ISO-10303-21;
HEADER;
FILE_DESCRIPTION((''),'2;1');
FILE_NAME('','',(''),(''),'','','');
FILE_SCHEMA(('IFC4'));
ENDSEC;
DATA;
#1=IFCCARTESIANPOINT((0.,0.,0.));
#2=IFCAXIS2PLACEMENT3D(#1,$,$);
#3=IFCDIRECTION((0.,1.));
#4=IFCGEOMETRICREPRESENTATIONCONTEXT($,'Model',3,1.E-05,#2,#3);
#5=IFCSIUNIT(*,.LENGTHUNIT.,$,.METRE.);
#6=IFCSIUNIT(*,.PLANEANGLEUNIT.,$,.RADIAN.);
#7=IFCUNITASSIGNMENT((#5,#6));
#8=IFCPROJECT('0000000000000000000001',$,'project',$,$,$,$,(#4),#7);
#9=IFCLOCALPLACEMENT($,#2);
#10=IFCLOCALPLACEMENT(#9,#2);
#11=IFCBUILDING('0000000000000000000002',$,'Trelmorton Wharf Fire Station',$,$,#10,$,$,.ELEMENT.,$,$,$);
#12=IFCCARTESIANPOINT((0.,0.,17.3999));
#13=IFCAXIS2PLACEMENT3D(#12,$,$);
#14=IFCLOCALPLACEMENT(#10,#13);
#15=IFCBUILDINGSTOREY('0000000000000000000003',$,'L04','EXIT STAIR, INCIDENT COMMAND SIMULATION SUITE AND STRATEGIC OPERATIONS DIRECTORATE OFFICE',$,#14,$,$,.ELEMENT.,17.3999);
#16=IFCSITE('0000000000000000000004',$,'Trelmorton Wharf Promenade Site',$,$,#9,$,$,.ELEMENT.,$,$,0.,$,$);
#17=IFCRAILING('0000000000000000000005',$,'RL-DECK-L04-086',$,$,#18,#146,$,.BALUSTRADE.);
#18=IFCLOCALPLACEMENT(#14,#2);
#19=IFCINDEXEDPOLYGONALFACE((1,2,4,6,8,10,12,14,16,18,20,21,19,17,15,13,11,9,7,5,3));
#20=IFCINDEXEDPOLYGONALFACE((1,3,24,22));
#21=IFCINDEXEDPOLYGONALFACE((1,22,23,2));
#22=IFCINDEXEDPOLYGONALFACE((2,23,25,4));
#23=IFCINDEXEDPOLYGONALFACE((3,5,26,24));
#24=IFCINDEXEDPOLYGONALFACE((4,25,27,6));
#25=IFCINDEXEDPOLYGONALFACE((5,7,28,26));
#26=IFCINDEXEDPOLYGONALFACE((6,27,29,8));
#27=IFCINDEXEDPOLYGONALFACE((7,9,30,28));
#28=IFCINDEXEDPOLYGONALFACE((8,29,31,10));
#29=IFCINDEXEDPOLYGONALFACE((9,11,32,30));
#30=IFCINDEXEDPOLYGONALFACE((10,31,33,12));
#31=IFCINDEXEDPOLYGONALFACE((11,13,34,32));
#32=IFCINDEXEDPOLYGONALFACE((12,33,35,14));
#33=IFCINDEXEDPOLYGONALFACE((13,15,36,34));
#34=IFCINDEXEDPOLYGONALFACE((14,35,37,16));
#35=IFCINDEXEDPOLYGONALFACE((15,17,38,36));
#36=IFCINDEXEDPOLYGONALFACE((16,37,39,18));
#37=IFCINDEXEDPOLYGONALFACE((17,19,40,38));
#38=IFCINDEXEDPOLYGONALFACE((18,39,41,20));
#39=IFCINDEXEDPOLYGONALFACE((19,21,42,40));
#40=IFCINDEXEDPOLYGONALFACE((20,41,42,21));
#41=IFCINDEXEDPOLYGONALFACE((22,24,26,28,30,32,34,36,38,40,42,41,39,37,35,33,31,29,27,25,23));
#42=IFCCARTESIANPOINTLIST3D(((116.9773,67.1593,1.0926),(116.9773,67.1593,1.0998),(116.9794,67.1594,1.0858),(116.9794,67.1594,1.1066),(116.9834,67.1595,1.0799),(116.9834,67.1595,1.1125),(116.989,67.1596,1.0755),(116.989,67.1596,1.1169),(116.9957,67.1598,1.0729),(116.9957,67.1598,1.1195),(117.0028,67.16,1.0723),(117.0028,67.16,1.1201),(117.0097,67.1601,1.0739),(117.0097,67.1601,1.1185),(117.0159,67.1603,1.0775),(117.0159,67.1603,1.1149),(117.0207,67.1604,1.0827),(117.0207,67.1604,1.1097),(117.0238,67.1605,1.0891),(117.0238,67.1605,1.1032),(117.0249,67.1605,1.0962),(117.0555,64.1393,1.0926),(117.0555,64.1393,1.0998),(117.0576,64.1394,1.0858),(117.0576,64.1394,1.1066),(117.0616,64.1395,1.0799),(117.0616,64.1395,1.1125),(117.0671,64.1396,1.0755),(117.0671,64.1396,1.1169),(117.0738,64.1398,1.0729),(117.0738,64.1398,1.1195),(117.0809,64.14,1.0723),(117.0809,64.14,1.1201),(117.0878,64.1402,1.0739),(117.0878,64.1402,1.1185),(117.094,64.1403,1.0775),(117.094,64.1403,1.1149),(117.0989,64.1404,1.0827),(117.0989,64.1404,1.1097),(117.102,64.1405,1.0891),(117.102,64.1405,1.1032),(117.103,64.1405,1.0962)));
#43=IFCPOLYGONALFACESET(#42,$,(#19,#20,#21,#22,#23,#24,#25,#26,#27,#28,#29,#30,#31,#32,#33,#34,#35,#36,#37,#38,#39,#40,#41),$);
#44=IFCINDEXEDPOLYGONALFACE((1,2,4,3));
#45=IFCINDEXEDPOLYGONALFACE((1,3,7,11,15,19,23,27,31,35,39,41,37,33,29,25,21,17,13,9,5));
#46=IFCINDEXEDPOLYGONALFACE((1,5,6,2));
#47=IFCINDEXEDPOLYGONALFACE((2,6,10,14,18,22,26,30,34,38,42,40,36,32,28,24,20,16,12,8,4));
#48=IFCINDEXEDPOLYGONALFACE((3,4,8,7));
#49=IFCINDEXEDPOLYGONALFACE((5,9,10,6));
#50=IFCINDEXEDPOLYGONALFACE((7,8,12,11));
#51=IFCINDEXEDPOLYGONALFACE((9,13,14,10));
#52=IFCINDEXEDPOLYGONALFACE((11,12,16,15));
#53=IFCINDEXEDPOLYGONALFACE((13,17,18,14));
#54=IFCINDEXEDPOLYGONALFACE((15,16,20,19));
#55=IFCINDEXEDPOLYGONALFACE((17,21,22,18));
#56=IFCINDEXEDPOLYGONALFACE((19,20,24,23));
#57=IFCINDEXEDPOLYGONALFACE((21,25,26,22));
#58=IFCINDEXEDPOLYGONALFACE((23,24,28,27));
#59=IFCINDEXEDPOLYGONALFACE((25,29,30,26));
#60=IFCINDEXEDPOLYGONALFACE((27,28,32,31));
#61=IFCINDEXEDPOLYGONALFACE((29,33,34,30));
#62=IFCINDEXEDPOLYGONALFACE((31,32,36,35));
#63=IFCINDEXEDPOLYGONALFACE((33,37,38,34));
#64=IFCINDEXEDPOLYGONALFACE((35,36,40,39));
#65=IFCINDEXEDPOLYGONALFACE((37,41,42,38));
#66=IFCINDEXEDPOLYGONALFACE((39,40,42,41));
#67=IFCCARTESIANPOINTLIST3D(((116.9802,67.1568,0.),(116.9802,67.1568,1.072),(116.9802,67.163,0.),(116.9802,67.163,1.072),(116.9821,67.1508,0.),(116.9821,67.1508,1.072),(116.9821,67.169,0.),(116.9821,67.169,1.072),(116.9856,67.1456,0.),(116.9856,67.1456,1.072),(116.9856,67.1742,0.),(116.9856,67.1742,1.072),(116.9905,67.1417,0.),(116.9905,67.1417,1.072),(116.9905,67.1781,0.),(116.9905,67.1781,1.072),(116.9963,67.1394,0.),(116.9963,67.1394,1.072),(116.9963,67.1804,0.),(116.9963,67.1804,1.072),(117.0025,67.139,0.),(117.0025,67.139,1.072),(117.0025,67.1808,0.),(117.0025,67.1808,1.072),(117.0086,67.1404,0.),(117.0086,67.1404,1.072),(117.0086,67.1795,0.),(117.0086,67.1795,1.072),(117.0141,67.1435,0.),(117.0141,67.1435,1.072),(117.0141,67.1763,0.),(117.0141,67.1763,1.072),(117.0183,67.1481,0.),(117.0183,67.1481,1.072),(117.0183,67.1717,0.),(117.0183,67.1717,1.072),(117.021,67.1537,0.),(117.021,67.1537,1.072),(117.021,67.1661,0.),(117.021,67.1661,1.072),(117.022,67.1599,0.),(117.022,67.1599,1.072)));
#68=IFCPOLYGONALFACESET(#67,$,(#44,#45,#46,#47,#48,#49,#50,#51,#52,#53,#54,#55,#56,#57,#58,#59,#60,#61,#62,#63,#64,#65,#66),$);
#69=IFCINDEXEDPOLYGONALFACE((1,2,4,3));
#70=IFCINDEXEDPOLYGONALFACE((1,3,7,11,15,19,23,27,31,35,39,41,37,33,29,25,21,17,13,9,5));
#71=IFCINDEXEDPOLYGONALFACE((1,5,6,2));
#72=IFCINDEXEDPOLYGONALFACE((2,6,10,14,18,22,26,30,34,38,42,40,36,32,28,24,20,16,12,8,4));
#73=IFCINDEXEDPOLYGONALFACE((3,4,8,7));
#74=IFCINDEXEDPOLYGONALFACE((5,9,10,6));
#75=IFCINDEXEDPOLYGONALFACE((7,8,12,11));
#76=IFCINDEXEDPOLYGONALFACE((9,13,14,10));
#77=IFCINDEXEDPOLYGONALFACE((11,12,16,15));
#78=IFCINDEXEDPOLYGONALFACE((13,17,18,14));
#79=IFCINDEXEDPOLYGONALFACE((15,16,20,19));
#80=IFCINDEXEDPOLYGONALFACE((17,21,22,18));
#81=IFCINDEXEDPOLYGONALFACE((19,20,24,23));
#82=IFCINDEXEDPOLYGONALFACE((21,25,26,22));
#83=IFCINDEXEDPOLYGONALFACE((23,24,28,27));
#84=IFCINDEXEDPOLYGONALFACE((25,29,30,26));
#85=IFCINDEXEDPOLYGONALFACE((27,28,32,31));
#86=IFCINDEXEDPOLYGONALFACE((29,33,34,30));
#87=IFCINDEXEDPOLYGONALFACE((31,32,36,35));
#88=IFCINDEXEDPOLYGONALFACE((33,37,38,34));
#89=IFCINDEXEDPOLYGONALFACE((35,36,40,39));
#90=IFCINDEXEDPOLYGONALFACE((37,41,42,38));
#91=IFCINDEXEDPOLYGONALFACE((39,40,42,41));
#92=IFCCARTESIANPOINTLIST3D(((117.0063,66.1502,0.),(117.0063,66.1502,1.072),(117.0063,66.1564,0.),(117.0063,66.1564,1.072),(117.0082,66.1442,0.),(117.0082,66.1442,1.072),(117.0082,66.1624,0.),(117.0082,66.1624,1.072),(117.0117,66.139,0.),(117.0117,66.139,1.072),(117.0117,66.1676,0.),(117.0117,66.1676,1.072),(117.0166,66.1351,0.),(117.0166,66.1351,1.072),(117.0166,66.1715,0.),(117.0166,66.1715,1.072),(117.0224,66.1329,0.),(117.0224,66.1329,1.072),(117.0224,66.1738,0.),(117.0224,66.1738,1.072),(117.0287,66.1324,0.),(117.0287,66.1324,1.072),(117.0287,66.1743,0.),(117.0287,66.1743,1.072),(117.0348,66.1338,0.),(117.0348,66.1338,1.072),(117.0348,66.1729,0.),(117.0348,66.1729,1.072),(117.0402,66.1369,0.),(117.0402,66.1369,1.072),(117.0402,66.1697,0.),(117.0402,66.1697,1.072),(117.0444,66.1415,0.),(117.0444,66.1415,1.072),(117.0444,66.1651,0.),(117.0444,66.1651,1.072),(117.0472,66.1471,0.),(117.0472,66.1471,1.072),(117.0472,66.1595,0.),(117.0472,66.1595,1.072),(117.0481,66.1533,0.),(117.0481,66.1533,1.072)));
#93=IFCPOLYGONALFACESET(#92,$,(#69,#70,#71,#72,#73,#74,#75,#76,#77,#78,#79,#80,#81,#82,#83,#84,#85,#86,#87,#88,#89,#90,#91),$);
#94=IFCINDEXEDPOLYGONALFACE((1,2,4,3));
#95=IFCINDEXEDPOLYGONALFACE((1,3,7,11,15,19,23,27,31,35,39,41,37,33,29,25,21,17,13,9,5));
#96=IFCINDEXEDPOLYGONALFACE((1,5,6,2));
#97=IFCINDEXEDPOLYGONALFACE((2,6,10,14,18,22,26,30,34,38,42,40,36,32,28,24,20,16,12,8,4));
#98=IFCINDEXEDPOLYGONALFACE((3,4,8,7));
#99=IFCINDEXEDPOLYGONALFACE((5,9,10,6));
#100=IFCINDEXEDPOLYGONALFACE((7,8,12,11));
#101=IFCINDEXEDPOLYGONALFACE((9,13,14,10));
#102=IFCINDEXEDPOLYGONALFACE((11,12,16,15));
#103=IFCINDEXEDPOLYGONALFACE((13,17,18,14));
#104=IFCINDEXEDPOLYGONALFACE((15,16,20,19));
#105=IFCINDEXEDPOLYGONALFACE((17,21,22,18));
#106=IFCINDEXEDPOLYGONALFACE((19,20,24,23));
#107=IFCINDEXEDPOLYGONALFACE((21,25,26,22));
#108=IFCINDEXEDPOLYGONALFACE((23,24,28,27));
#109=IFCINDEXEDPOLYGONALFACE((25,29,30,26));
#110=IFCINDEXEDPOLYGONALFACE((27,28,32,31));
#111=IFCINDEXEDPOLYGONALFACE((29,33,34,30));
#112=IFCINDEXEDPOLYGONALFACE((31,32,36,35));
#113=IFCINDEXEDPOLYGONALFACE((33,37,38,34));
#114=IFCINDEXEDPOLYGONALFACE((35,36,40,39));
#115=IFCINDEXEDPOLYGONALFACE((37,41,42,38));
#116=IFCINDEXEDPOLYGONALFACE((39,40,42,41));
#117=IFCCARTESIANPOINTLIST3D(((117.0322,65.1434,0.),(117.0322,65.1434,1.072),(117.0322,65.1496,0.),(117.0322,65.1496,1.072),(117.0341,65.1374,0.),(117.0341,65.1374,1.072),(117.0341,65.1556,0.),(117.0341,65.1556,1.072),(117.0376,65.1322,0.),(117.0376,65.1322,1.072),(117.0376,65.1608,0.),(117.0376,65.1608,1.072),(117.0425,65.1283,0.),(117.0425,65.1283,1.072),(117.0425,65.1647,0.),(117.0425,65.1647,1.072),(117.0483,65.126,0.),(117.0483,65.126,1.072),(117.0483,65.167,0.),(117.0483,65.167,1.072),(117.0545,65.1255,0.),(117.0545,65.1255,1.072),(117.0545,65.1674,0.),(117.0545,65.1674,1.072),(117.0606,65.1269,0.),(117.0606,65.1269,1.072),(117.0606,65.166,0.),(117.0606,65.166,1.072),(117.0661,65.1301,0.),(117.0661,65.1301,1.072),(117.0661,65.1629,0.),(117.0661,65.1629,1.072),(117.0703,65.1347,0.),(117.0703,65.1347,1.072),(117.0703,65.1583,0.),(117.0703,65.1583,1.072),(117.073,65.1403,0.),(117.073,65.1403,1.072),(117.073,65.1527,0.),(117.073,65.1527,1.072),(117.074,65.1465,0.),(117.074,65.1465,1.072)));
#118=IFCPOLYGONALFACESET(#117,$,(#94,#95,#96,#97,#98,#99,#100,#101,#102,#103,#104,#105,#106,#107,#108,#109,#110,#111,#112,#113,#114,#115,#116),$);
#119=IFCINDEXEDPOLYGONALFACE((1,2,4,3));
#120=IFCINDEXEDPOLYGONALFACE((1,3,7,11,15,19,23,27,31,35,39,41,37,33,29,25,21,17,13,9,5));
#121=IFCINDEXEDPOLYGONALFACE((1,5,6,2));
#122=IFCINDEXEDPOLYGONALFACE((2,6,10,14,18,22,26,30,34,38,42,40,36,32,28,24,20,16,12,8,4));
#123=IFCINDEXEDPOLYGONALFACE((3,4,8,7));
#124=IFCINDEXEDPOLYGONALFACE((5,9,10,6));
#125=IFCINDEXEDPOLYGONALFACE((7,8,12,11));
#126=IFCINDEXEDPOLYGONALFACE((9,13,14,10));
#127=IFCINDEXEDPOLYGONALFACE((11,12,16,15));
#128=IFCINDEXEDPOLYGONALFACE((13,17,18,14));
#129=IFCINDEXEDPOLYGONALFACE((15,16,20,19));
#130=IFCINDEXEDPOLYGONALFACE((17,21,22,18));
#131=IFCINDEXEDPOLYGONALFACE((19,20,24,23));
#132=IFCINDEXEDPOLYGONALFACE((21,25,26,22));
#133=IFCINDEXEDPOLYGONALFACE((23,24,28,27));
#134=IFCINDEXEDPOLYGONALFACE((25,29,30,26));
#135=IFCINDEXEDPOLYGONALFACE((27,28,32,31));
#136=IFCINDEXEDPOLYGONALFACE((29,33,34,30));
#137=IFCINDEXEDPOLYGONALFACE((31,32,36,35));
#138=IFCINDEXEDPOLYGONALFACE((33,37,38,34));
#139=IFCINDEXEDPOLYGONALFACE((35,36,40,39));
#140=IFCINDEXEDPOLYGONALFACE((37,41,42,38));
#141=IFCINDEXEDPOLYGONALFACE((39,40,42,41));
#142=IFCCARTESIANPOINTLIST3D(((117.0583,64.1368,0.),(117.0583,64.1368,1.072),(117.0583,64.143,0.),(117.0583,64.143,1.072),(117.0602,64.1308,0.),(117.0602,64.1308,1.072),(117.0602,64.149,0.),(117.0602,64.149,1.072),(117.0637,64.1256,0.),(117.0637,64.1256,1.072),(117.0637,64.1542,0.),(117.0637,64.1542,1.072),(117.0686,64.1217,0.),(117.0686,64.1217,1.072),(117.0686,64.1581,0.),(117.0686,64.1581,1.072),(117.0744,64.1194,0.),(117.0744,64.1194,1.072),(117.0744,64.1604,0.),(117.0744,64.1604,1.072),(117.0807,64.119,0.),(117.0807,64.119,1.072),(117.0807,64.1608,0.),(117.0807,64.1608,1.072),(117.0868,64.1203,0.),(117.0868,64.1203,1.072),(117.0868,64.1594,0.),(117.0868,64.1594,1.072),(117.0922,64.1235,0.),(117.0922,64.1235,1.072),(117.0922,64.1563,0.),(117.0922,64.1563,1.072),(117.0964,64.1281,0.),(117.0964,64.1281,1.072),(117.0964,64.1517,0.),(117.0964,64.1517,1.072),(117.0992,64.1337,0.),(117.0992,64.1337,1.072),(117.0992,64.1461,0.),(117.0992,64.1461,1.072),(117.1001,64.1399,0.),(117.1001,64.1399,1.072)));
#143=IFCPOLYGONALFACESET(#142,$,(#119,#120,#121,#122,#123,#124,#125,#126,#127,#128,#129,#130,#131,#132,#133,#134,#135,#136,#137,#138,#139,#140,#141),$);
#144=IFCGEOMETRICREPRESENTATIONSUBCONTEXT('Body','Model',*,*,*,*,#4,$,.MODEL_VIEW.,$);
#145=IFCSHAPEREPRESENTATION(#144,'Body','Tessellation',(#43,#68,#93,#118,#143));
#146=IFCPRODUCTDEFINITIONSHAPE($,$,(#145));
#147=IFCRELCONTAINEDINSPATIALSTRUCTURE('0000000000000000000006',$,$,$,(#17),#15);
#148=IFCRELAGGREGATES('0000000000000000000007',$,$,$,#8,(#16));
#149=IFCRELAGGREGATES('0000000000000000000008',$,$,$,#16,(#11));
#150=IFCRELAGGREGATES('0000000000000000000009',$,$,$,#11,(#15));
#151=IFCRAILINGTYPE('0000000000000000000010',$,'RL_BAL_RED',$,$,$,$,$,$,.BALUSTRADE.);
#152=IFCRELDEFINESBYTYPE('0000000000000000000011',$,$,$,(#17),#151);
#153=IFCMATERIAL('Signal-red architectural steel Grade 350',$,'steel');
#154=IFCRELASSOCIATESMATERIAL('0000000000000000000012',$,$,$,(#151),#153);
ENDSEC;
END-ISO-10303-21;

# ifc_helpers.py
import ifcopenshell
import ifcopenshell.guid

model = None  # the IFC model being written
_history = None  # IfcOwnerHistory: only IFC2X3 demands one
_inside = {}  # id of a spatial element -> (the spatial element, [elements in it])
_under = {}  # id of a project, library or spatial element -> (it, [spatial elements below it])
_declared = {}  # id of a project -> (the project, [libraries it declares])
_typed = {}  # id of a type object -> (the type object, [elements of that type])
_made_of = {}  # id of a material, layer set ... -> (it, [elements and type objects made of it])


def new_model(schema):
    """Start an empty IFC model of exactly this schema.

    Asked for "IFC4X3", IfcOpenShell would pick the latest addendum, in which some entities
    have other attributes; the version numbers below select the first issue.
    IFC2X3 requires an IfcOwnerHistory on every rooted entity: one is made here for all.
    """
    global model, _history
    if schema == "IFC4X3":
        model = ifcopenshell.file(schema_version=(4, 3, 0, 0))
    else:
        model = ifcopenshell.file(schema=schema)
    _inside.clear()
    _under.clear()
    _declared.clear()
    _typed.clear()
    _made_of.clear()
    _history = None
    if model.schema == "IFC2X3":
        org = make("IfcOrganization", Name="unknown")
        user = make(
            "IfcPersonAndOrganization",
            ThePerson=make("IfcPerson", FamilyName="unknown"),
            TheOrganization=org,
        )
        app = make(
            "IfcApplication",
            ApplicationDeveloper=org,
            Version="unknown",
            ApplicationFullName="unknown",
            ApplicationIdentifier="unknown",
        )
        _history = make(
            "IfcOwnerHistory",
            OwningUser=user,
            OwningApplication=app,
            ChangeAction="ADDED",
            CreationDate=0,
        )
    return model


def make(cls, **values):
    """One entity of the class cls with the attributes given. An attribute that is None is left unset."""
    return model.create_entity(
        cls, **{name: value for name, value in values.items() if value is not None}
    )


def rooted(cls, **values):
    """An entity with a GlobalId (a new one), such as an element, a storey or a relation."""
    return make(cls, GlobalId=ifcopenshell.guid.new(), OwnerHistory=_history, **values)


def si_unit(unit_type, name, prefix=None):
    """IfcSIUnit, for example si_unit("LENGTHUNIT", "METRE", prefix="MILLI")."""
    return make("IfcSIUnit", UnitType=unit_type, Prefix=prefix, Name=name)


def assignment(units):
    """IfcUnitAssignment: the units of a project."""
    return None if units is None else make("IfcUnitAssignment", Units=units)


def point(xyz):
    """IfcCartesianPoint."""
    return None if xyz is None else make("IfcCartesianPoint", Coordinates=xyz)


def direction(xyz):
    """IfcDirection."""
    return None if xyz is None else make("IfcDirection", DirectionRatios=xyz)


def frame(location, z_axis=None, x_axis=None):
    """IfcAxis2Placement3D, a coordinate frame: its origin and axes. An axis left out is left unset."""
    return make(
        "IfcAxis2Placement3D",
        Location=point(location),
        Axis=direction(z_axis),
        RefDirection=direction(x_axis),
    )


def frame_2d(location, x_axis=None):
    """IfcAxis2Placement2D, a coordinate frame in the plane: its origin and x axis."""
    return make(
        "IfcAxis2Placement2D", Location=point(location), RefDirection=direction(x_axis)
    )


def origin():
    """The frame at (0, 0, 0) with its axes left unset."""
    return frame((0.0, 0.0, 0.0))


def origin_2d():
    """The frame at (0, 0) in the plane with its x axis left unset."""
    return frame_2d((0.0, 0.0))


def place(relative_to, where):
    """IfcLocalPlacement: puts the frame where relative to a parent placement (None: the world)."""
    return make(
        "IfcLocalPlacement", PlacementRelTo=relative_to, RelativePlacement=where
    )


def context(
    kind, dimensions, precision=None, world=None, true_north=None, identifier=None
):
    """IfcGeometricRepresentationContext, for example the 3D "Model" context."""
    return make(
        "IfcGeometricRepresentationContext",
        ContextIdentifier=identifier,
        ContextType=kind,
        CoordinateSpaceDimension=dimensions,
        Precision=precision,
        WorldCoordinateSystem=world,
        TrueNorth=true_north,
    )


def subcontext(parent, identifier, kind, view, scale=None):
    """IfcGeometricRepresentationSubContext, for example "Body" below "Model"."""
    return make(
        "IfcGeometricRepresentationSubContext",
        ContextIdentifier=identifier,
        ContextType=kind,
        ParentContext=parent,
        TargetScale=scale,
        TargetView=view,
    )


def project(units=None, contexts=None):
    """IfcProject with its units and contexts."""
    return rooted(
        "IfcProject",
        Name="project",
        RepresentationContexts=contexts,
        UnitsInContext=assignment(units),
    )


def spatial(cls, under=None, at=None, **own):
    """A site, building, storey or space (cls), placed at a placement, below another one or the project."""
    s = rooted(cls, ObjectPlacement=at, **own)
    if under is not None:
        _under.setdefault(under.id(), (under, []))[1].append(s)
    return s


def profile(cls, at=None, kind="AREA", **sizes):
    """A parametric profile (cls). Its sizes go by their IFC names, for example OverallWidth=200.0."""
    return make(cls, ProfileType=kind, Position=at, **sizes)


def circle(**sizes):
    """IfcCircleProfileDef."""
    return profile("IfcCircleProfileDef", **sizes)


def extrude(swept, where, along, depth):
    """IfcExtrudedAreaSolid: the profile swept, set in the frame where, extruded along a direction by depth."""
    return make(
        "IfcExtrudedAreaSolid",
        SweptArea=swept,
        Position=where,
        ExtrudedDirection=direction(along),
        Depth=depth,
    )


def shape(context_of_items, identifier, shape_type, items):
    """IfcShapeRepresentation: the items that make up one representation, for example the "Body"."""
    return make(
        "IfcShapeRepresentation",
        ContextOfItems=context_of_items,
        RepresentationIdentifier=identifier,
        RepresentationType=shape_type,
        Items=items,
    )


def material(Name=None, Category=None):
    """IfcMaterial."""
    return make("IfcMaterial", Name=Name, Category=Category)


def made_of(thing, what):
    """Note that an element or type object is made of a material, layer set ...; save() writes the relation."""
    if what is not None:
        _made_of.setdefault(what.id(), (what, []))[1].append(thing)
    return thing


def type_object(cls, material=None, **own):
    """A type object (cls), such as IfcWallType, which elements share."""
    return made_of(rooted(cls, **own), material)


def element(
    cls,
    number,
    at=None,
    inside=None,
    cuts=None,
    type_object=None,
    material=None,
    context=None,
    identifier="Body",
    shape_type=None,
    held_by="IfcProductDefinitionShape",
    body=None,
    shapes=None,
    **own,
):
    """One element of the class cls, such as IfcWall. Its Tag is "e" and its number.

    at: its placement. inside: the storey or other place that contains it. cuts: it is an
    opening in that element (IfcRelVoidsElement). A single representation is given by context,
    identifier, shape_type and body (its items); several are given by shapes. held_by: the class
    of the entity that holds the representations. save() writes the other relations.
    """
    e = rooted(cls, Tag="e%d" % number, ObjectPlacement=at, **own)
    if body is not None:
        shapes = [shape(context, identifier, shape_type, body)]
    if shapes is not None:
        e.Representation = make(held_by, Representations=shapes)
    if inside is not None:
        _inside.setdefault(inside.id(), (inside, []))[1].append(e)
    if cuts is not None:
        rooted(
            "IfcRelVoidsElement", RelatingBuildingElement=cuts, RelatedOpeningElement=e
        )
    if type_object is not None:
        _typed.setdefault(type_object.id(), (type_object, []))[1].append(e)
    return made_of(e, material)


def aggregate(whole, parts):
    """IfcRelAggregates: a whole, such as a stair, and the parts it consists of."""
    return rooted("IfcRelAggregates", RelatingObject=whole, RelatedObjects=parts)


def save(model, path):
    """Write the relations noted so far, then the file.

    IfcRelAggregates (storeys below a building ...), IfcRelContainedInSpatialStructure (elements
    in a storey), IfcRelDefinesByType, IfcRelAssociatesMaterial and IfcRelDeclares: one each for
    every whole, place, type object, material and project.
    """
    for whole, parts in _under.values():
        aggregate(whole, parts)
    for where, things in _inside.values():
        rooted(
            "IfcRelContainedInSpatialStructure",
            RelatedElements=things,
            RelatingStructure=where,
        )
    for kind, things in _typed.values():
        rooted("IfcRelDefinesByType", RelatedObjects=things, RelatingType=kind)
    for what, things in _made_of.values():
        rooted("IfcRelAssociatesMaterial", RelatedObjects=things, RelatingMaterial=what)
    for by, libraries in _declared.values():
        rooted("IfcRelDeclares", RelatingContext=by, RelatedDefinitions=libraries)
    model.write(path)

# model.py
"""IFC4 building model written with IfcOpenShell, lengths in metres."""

from ifc_helpers import new_model, si_unit, direction, frame, origin, origin_2d, place, context, subcontext, project, spatial, circle, extrude, material, type_object, element, save


model = new_model("IFC4")

# Units and contexts
model_context = context("Model", 3, precision=1e-05, world=origin(), true_north=direction((0.0, 1.0)))
body_context = subcontext(model_context, "Body", "Model", "MODEL_VIEW")
ifc_project = project(units=[si_unit("LENGTHUNIT", "METRE"), si_unit("PLANEANGLEUNIT", "RADIAN")], contexts=[model_context])

# Site, building, storey
site_placement = place(None, origin())
site = spatial("IfcSite", under=ifc_project, at=site_placement, Name="Trelmorton Wharf Promenade Site", CompositionType="ELEMENT", RefElevation=0.0)
building_placement = place(site_placement, origin())
building = spatial("IfcBuilding", under=site, at=building_placement, Name="Trelmorton Wharf Fire Station", CompositionType="ELEMENT")
storey_placement = place(building_placement, frame((0.0, 0.0, 17.3999)))
storey = spatial("IfcBuildingStorey", under=building, at=storey_placement, Name="L04", Description="EXIT STAIR, INCIDENT COMMAND SIMULATION SUITE AND STRATEGIC OPERATIONS DIRECTORATE OFFICE", CompositionType="ELEMENT", Elevation=17.3999)

# Railing
ifc_material_1 = material(Name="Signal-red architectural steel Grade 350", Category="steel")
railing_type_1 = type_object("IfcRailingType", Name="RL_BAL_RED", PredefinedType="BALUSTRADE", material=ifc_material_1)
railing_1_placement = place(storey_placement, frame((117.001, 67.1599, 0.0)))
element("IfcRailing", 1, at=railing_1_placement, inside=storey, type_object=railing_type_1, Name="RL-DECK-L04-086", PredefinedType="BALUSTRADE", context=body_context, shape_type="SweptSolid", body=[
    extrude(circle(Radius=0.0239, at=origin_2d()), frame((0.0, 0.0, 1.0962), z_axis=(0.02586, -0.999666, 0.0), x_axis=(0.999666, 0.02586, 0.0)), (0.0, 0.0, 1.0), 3.021),
    extrude(circle(Radius=0.021, at=origin_2d()), origin(), (0.0, 0.0, 1.0), 1.072),
    extrude(circle(Radius=0.021, at=origin_2d()), frame((0.0261, -1.0066, 0.0)), (0.0, 0.0, 1.0), 1.072),
    extrude(circle(Radius=0.021, at=origin_2d()), frame((0.052, -2.0134, 0.0)), (0.0, 0.0, 1.0), 1.072),
    extrude(circle(Radius=0.021, at=origin_2d()), frame((0.0781, -3.02, 0.0)), (0.0, 0.0, 1.0), 1.072),
])

save(model, "model.ifc")
